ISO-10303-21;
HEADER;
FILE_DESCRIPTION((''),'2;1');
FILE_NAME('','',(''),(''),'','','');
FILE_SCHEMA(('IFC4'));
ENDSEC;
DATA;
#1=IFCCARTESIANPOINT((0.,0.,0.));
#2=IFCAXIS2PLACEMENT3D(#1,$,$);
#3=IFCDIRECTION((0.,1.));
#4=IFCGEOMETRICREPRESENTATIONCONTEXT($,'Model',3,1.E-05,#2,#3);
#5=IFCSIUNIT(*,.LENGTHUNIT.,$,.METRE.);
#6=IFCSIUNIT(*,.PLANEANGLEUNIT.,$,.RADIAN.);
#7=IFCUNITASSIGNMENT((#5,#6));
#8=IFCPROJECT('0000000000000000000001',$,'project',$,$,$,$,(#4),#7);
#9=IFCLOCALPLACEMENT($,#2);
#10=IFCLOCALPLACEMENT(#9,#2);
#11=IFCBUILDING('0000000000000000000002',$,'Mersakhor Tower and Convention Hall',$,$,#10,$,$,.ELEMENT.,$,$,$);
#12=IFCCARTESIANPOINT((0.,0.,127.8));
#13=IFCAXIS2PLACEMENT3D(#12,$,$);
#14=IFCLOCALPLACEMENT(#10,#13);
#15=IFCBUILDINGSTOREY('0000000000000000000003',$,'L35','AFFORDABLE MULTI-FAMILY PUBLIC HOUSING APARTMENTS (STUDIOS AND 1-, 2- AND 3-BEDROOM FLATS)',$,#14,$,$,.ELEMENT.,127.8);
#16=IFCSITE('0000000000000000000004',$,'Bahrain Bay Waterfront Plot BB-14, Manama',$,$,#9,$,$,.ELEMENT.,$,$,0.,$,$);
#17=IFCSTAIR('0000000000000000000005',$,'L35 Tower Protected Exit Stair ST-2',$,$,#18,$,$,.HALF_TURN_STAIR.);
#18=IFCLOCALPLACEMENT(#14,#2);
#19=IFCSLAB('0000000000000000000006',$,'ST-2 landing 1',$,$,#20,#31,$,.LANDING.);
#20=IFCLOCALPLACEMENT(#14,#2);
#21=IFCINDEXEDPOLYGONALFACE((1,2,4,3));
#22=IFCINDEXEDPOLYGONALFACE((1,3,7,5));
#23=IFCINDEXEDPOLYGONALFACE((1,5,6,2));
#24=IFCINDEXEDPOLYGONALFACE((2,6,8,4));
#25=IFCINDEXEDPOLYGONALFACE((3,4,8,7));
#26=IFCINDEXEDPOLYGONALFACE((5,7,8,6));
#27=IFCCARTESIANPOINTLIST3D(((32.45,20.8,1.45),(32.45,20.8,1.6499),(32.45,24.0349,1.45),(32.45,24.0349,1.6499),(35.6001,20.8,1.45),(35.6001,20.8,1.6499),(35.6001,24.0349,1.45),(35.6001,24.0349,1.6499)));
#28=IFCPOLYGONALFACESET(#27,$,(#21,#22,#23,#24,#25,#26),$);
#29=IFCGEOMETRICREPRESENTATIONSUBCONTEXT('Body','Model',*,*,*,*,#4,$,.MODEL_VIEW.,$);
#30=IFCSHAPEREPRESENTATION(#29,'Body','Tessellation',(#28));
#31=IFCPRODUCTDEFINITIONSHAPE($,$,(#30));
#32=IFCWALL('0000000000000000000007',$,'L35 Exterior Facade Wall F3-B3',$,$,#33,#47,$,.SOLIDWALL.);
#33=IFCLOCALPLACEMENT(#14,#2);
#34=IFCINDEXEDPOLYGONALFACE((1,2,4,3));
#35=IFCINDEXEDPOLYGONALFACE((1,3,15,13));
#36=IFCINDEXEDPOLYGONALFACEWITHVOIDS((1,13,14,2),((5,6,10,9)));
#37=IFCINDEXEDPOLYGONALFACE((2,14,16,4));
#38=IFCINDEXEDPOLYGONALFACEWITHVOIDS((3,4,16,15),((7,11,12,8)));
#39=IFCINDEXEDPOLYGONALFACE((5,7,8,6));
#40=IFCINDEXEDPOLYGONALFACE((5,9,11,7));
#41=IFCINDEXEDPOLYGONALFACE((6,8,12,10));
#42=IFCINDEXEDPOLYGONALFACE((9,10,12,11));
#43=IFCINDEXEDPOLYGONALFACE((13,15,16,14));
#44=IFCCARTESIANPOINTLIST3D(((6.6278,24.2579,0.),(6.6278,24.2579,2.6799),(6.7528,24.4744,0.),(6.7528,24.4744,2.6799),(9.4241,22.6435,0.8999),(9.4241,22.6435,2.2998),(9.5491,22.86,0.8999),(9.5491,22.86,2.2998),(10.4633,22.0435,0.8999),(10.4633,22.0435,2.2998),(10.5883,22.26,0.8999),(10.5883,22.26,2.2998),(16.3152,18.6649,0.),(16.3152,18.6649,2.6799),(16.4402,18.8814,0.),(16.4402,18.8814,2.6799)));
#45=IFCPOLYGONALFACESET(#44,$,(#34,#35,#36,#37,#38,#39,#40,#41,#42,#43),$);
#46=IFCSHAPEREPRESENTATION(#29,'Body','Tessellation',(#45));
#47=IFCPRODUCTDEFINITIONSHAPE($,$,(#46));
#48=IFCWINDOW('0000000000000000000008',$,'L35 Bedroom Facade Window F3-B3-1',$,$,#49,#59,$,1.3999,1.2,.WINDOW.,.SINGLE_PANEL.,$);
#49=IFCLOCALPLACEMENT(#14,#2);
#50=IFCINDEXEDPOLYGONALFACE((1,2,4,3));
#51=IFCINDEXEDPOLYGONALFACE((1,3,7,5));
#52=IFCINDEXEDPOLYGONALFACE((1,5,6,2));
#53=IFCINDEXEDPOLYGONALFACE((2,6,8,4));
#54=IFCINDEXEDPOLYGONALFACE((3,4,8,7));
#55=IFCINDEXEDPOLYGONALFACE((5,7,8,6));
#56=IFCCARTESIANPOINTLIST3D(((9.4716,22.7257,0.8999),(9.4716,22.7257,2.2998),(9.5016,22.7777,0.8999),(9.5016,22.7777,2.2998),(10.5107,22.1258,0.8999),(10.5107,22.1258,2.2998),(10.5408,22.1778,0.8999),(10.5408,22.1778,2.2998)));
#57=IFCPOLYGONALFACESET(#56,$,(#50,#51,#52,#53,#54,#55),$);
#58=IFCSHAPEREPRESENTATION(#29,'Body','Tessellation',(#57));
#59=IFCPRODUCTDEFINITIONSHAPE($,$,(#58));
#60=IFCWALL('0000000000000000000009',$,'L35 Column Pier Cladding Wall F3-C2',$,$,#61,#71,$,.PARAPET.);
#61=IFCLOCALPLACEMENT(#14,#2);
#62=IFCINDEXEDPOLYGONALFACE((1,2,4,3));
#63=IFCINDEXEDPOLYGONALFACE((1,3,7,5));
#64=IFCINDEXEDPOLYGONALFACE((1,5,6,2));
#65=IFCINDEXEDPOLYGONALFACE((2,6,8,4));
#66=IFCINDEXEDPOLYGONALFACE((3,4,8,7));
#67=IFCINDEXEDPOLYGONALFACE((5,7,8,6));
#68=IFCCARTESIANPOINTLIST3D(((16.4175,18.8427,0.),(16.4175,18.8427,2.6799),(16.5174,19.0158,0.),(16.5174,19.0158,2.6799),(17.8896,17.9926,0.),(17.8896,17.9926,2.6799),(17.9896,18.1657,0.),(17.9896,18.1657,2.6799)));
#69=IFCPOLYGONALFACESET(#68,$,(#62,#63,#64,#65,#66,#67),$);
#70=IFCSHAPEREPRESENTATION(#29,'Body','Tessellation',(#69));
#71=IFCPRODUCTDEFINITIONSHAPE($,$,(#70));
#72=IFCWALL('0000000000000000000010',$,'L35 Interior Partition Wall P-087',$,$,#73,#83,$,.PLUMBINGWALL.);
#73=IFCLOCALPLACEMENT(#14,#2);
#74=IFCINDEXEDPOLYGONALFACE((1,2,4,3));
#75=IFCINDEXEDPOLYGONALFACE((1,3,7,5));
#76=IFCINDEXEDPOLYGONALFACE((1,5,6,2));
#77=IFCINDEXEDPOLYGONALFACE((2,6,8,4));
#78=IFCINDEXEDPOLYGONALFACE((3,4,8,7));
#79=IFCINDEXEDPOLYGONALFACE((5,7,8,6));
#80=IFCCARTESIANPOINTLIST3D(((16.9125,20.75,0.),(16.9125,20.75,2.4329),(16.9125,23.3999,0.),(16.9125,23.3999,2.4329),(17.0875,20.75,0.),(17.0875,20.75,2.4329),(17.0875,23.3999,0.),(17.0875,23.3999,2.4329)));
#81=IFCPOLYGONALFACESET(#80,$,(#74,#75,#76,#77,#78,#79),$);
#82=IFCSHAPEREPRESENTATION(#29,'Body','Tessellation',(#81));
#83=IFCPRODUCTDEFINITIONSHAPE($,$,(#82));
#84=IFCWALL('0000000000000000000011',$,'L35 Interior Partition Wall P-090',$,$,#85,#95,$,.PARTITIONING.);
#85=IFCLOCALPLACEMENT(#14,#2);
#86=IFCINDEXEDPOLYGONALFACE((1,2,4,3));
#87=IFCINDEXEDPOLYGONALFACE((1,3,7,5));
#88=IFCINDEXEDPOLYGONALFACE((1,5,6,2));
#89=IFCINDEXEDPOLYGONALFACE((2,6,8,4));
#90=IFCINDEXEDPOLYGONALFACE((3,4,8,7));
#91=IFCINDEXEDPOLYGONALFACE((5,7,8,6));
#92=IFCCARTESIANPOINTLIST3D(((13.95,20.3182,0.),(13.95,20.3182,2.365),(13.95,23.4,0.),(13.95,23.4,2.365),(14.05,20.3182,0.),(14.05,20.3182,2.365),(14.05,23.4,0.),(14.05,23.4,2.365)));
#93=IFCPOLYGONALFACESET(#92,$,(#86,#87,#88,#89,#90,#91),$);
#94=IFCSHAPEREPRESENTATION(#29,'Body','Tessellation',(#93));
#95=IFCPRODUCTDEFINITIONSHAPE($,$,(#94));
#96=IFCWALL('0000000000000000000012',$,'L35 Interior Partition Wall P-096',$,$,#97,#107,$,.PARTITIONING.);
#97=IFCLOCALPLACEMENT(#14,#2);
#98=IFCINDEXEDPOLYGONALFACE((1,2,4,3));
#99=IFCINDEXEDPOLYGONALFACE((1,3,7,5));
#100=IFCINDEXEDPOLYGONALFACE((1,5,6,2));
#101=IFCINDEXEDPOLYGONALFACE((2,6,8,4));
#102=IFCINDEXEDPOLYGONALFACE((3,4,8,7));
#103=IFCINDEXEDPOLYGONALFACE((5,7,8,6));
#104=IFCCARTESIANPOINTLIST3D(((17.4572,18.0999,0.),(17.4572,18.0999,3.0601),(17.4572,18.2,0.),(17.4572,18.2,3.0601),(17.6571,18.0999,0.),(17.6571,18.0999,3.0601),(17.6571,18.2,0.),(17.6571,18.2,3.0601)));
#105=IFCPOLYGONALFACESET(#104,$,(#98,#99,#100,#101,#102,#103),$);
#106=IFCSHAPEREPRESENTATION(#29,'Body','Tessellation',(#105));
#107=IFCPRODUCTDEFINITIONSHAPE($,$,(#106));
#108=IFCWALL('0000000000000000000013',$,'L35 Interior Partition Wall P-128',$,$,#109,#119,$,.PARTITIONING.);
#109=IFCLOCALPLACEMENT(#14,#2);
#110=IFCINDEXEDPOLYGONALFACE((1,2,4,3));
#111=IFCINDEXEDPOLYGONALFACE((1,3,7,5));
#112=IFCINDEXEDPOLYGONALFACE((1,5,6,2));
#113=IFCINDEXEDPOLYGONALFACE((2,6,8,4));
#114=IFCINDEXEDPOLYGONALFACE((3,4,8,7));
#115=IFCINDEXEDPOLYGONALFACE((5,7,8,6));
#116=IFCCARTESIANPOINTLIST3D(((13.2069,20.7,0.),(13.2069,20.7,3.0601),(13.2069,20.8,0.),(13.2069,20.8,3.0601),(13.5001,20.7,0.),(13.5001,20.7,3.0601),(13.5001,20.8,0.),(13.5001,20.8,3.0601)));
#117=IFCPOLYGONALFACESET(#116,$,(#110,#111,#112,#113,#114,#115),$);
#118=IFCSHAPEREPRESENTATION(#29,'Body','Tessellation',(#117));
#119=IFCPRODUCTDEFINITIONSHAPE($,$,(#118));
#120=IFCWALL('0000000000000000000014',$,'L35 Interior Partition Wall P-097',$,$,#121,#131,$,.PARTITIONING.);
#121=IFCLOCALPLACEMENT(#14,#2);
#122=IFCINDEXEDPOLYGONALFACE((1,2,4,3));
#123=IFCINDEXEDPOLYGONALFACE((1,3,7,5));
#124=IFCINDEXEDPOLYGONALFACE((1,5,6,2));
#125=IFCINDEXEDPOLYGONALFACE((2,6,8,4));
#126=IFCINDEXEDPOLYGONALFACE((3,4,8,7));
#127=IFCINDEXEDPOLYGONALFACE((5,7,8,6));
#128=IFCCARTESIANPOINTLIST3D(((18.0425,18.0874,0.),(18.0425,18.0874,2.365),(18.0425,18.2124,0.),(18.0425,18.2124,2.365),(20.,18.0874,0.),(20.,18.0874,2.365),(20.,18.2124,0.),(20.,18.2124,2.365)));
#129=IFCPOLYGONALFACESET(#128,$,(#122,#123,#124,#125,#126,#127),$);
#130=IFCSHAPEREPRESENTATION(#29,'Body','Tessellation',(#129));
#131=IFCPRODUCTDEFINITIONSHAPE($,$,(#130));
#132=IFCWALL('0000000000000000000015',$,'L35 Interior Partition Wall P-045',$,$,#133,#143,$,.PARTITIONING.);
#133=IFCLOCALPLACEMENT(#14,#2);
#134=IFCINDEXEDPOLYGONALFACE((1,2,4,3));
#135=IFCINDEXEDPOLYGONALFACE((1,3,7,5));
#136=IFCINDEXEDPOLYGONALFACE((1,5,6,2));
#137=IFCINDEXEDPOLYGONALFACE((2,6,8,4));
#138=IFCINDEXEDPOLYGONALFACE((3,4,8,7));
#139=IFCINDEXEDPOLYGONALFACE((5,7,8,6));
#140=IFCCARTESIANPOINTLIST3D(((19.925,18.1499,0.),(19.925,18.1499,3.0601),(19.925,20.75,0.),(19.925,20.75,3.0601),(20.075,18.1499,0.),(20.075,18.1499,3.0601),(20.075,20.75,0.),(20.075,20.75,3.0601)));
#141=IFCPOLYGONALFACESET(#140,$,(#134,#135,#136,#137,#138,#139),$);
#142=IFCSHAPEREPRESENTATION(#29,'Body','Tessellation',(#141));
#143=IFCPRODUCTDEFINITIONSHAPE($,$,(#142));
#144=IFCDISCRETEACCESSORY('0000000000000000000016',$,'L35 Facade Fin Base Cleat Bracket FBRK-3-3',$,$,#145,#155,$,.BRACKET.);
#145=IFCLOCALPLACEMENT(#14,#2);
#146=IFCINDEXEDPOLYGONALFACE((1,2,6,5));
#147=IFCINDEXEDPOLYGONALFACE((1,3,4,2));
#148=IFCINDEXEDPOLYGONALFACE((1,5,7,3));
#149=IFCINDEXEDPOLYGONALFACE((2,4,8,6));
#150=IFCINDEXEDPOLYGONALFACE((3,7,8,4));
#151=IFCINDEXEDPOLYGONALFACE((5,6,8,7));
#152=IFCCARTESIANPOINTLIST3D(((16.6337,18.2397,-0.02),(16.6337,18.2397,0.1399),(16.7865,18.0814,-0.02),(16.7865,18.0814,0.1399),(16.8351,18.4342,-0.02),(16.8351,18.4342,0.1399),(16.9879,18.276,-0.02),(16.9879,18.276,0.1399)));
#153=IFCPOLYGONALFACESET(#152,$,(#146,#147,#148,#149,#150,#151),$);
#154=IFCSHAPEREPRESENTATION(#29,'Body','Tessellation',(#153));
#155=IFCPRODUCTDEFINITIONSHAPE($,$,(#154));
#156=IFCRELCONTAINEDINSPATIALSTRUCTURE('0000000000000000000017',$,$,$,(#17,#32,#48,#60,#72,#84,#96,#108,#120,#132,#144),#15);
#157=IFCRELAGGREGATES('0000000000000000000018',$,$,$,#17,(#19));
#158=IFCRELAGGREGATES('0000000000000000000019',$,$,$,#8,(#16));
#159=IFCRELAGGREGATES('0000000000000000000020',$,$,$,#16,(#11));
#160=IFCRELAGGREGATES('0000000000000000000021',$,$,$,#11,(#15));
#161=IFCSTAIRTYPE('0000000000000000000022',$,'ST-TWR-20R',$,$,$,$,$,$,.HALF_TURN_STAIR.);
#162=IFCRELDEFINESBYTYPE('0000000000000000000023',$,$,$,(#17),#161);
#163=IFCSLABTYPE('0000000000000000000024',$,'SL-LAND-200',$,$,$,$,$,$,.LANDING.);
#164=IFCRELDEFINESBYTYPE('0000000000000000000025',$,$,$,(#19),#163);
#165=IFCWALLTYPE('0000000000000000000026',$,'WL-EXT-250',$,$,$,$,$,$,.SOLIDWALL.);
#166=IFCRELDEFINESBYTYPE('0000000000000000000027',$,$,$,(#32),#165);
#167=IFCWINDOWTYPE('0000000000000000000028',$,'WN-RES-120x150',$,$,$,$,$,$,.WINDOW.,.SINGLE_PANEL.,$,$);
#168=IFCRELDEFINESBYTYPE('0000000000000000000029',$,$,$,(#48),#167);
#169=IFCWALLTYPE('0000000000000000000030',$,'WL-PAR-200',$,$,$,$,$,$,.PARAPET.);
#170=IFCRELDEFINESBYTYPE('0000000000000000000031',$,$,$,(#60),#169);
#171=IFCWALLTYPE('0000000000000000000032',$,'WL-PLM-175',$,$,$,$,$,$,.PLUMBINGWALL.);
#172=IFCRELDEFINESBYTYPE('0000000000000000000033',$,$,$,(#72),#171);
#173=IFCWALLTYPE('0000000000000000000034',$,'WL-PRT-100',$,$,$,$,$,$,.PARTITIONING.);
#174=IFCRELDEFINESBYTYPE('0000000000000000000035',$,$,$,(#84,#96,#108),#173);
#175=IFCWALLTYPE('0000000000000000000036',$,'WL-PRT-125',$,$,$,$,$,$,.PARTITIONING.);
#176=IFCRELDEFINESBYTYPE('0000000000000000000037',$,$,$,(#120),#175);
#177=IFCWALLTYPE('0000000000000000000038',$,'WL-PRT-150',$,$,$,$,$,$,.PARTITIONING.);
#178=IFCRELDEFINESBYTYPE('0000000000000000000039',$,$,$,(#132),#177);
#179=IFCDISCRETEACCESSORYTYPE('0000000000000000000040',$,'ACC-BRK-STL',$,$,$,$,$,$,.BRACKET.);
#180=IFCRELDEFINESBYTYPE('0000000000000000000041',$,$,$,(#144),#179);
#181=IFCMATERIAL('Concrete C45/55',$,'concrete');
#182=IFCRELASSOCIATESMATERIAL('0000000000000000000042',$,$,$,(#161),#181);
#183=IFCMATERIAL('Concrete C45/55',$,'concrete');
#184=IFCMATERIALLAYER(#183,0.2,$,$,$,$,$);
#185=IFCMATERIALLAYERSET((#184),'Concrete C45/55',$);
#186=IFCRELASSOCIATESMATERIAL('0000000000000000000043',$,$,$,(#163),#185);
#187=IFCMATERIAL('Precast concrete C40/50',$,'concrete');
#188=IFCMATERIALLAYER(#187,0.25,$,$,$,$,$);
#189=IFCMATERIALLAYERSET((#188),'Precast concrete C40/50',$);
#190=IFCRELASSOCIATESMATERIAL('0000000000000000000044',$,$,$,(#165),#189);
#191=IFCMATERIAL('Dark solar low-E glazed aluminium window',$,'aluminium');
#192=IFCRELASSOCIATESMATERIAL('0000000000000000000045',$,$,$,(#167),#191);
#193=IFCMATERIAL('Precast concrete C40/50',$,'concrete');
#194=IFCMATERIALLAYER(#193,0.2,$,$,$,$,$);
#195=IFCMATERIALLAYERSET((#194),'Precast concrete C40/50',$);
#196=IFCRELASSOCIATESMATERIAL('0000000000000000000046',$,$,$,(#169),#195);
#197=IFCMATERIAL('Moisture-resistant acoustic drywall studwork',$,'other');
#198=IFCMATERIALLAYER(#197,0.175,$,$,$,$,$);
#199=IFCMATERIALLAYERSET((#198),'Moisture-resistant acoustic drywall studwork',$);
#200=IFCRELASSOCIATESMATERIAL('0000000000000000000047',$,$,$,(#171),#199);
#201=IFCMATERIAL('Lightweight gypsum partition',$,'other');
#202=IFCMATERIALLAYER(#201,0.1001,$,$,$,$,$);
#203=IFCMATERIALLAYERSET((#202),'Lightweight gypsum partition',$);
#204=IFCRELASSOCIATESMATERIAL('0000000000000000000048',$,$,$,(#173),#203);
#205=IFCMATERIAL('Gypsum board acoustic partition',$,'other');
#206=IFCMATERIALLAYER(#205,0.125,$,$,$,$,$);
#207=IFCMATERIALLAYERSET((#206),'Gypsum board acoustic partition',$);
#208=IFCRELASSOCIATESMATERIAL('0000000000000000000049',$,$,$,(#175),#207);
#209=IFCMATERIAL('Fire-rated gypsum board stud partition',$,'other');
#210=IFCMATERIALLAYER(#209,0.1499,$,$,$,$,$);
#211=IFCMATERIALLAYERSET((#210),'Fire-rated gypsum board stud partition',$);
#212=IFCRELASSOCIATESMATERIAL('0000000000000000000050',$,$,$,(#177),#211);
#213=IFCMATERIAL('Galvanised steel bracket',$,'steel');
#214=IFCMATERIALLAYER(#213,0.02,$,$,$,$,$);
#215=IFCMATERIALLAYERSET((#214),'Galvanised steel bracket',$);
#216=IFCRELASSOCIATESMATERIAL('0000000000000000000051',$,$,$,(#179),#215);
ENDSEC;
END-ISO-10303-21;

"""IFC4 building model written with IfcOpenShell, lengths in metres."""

from ifc_helpers import new_model, si_unit, direction, frame, frame_2d, origin, origin_2d, place, context, subcontext, project, spatial, polyline, rectangle, outline, extrude, material, layer, layer_set, type_object, element, fill, aggregate, save


model = new_model("IFC4")

# Units and contexts
model_context = context("Model", 3, precision=1e-05, world=origin(), true_north=direction((0.0, 1.0)))
body_context = subcontext(model_context, "Body", "Model", "MODEL_VIEW")
ifc_project = project(units=[si_unit("LENGTHUNIT", "METRE"), si_unit("PLANEANGLEUNIT", "RADIAN")], contexts=[model_context])

# Site, building, storey
site_placement = place(None, origin())
site = spatial("IfcSite", under=ifc_project, at=site_placement, Name="Bahrain Bay Waterfront Plot BB-14, Manama", CompositionType="ELEMENT", RefElevation=0.0)
building_placement = place(site_placement, origin())
building = spatial("IfcBuilding", under=site, at=building_placement, Name="Mersakhor Tower and Convention Hall", CompositionType="ELEMENT")
storey_placement = place(building_placement, frame((0.0, 0.0, 127.8)))
storey = spatial("IfcBuildingStorey", under=building, at=storey_placement, Name="L35", Description="AFFORDABLE MULTI-FAMILY PUBLIC HOUSING APARTMENTS (STUDIOS AND 1-, 2- AND 3-BEDROOM FLATS)", CompositionType="ELEMENT", Elevation=127.8)

# Stair, slab
ifc_material_1 = material(Name="Concrete C45/55", Category="concrete")
stair_type = type_object("IfcStairType", Name="ST-TWR-20R", PredefinedType="HALF_TURN_STAIR", material=ifc_material_1)
ifc_material_2 = material(Name="Concrete C45/55", Category="concrete")
ifc_layer_1 = layer(ifc_material_2, 0.2)
ifc_layer_set_1 = layer_set([ifc_layer_1], Name="Concrete C45/55")
slab_type_1 = type_object("IfcSlabType", Name="SL-LAND-200", PredefinedType="LANDING", material=ifc_layer_set_1)
stair_1_placement = place(storey_placement, origin())
stair_1 = element("IfcStair", 1, at=stair_1_placement, inside=storey, type_object=stair_type, Name="L35 Tower Protected Exit Stair ST-2", PredefinedType="HALF_TURN_STAIR")
slab_1_placement = place(storey_placement, frame((0.0, 0.0, 1.45)))
slab_1 = element("IfcSlab", 2, at=slab_1_placement, type_object=slab_type_1, Name="ST-2 landing 1", PredefinedType="LANDING", context=body_context, shape_type="SweptSolid", body=[
    extrude(outline(polyline([(32.45, 24.0349), (32.45, 20.8), (35.6001, 20.8), (35.6001, 24.0349), (32.45, 24.0349)])), origin(), (0.0, 0.0, 1.0), 0.2),
])
aggregate(stair_1, [slab_1])

# Wall, opening, window
ifc_material_3 = material(Name="Precast concrete C40/50", Category="concrete")
ifc_layer_2 = layer(ifc_material_3, 0.25)
ifc_layer_set_2 = layer_set([ifc_layer_2], Name="Precast concrete C40/50")
wall_type_1 = type_object("IfcWallType", Name="WL-EXT-250", PredefinedType="SOLIDWALL", material=ifc_layer_set_2)
wall_1_placement = place(storey_placement, frame((16.3777, 18.7732, 0.0), z_axis=(0.0, 0.0, 1.0), x_axis=(-0.866028, 0.499996, 0.0)))
wall_1 = element("IfcWall", 3, at=wall_1_placement, inside=storey, type_object=wall_type_1, Name="L35 Exterior Facade Wall F3-B3", PredefinedType="SOLIDWALL", context=body_context, shape_type="SweptSolid", body=[
    extrude(rectangle(XDim=11.186, YDim=0.25, at=frame_2d((5.593, 0.0))), origin(), (0.0, 0.0, 1.0), 2.6799),
])
opening_placement = place(wall_1_placement, frame((6.7571, 0.0, 0.8999)))
opening = element("IfcOpeningElement", 4, at=opening_placement, cuts=wall_1, PredefinedType="OPENING", context=body_context, shape_type="SweptSolid", body=[
    extrude(rectangle(XDim=1.2, YDim=1.3999, at=frame_2d((0.6001, 0.7))), frame((0.0, 0.135, 0.0), z_axis=(0.0, -1.0, 0.0), x_axis=(1.0, 0.0, 0.0)), (0.0, 0.0, 1.0), 0.27),
])
ifc_material_4 = material(Name="Dark solar low-E glazed aluminium window", Category="aluminium")
window_type = type_object("IfcWindowType", Name="WN-RES-120x150", PartitioningType="SINGLE_PANEL", PredefinedType="WINDOW", material=ifc_material_4)
window_placement = place(opening_placement, origin())
window = element("IfcWindow", 5, at=window_placement, inside=storey, type_object=window_type, Name="L35 Bedroom Facade Window F3-B3-1", OverallHeight=1.3999, OverallWidth=1.2, PartitioningType="SINGLE_PANEL", PredefinedType="WINDOW", context=body_context, shape_type="SweptSolid", body=[
    extrude(rectangle(XDim=1.2, YDim=1.3999, at=frame_2d((0.6001, 0.7))), frame((0.0, 0.03, 0.0), z_axis=(0.0, -1.0, 0.0), x_axis=(1.0, 0.0, 0.0)), (0.0, 0.0, 1.0), 0.0601),
])
fill(opening, window)

# Walls
ifc_material_5 = material(Name="Precast concrete C40/50", Category="concrete")
ifc_layer_3 = layer(ifc_material_5, 0.2)
ifc_layer_set_3 = layer_set([ifc_layer_3], Name="Precast concrete C40/50")
wall_type_2 = type_object("IfcWallType", Name="WL-PAR-200", PredefinedType="PARAPET", material=ifc_layer_set_3)
wall_2_placement = place(storey_placement, frame((17.9397, 18.0791, 0.0), z_axis=(0.0, 0.0, 1.0), x_axis=(-0.865989, 0.500062, 0.0)))
element("IfcWall", 6, at=wall_2_placement, inside=storey, type_object=wall_type_2, Name="L35 Column Pier Cladding Wall F3-C2", PredefinedType="PARAPET", context=body_context, shape_type="SweptSolid", body=[
    extrude(rectangle(XDim=1.7, YDim=0.2, at=frame_2d((0.8501, 0.0))), origin(), (0.0, 0.0, 1.0), 2.6799),
])
ifc_material_6 = material(Name="Moisture-resistant acoustic drywall studwork", Category="other")
ifc_layer_4 = layer(ifc_material_6, 0.175)
ifc_layer_set_4 = layer_set([ifc_layer_4], Name="Moisture-resistant acoustic drywall studwork")
wall_type_3 = type_object("IfcWallType", Name="WL-PLM-175", PredefinedType="PLUMBINGWALL", material=ifc_layer_set_4)
wall_3_placement = place(storey_placement, frame((17.0, 20.75, 0.0), z_axis=(0.0, 0.0, 1.0), x_axis=(0.0, 1.0, 0.0)))
element("IfcWall", 7, at=wall_3_placement, inside=storey, type_object=wall_type_3, Name="L35 Interior Partition Wall P-087", PredefinedType="PLUMBINGWALL", context=body_context, shape_type="SweptSolid", body=[
    extrude(rectangle(XDim=2.6499, YDim=0.175, at=frame_2d((1.325, 0.0))), origin(), (0.0, 0.0, 1.0), 2.4329),
])
ifc_material_7 = material(Name="Lightweight gypsum partition", Category="other")
ifc_layer_5 = layer(ifc_material_7, 0.1001)
ifc_layer_set_5 = layer_set([ifc_layer_5], Name="Lightweight gypsum partition")
wall_type_4 = type_object("IfcWallType", Name="WL-PRT-100", PredefinedType="PARTITIONING", material=ifc_layer_set_5)
wall_4_placement = place(storey_placement, frame((14.0, 20.3181, 0.0), z_axis=(0.0, 0.0, 1.0), x_axis=(0.0, 1.0, 0.0)))
element("IfcWall", 8, at=wall_4_placement, inside=storey, type_object=wall_type_4, Name="L35 Interior Partition Wall P-090", PredefinedType="PARTITIONING", context=body_context, shape_type="SweptSolid", body=[
    extrude(rectangle(XDim=3.0818, YDim=0.1001, at=frame_2d((1.541, 0.0))), origin(), (0.0, 0.0, 1.0), 2.365),
])
wall_5_placement = place(storey_placement, frame((17.457, 18.1499, 0.0), z_axis=(0.0, 0.0, 1.0), x_axis=(1.0, 0.0, 0.0)))
element("IfcWall", 9, at=wall_5_placement, inside=storey, type_object=wall_type_4, Name="L35 Interior Partition Wall P-096", PredefinedType="PARTITIONING", context=body_context, shape_type="SweptSolid", body=[
    extrude(rectangle(XDim=0.2, YDim=0.1001, at=frame_2d((0.1001, 0.0))), origin(), (0.0, 0.0, 1.0), 3.0601),
])
wall_6_placement = place(storey_placement, frame((13.5, 20.75, 0.0), z_axis=(0.0, 0.0, 1.0), x_axis=(-1.0, 0.0, 0.0)))
element("IfcWall", 10, at=wall_6_placement, inside=storey, type_object=wall_type_4, Name="L35 Interior Partition Wall P-128", PredefinedType="PARTITIONING", context=body_context, shape_type="SweptSolid", body=[
    extrude(rectangle(XDim=0.2932, YDim=0.1001, at=frame_2d((0.1465, 0.0))), origin(), (0.0, 0.0, 1.0), 3.0601),
])
ifc_material_8 = material(Name="Gypsum board acoustic partition", Category="other")
ifc_layer_6 = layer(ifc_material_8, 0.125)
ifc_layer_set_6 = layer_set([ifc_layer_6], Name="Gypsum board acoustic partition")
wall_type_5 = type_object("IfcWallType", Name="WL-PRT-125", PredefinedType="PARTITIONING", material=ifc_layer_set_6)
wall_7_placement = place(storey_placement, frame((18.0425, 18.1499, 0.0), z_axis=(0.0, 0.0, 1.0), x_axis=(1.0, 0.0, 0.0)))
element("IfcWall", 11, at=wall_7_placement, inside=storey, type_object=wall_type_5, Name="L35 Interior Partition Wall P-097", PredefinedType="PARTITIONING", context=body_context, shape_type="SweptSolid", body=[
    extrude(rectangle(XDim=1.9575, YDim=0.125, at=frame_2d((0.9788, 0.0))), origin(), (0.0, 0.0, 1.0), 2.365),
])
ifc_material_9 = material(Name="Fire-rated gypsum board stud partition", Category="other")
ifc_layer_7 = layer(ifc_material_9, 0.1499)
ifc_layer_set_7 = layer_set([ifc_layer_7], Name="Fire-rated gypsum board stud partition")
wall_type_6 = type_object("IfcWallType", Name="WL-PRT-150", PredefinedType="PARTITIONING", material=ifc_layer_set_7)
wall_8_placement = place(storey_placement, frame((20.0, 18.1499, 0.0), z_axis=(0.0, 0.0, 1.0), x_axis=(0.0, 1.0, 0.0)))
element("IfcWall", 12, at=wall_8_placement, inside=storey, type_object=wall_type_6, Name="L35 Interior Partition Wall P-045", PredefinedType="PARTITIONING", context=body_context, shape_type="SweptSolid", body=[
    extrude(rectangle(XDim=2.6001, YDim=0.1499, at=frame_2d((1.3, 0.0))), origin(), (0.0, 0.0, 1.0), 3.0601),
])

# Discrete accessory
ifc_material_10 = material(Name="Galvanised steel bracket", Category="steel")
ifc_layer_8 = layer(ifc_material_10, 0.02)
ifc_layer_set_8 = layer_set([ifc_layer_8], Name="Galvanised steel bracket")
discrete_accessory_type = type_object("IfcDiscreteAccessoryType", Name="ACC-BRK-STL", PredefinedType="BRACKET", material=ifc_layer_set_8)
discrete_accessory_placement = place(storey_placement, frame((16.8108, 18.2578, -0.02), z_axis=(0.0, 0.0, 1.0), x_axis=(-0.71934, -0.694658, 0.0)))
element("IfcDiscreteAccessory", 13, at=discrete_accessory_placement, inside=storey, type_object=discrete_accessory_type, Name="L35 Facade Fin Base Cleat Bracket FBRK-3-3", PredefinedType="BRACKET", context=body_context, shape_type="SweptSolid", body=[
    extrude(rectangle(XDim=0.28, YDim=0.22, at=origin_2d()), origin(), (0.0, 0.0, 1.0), 0.1599),
])

save(model, "model.ifc")
